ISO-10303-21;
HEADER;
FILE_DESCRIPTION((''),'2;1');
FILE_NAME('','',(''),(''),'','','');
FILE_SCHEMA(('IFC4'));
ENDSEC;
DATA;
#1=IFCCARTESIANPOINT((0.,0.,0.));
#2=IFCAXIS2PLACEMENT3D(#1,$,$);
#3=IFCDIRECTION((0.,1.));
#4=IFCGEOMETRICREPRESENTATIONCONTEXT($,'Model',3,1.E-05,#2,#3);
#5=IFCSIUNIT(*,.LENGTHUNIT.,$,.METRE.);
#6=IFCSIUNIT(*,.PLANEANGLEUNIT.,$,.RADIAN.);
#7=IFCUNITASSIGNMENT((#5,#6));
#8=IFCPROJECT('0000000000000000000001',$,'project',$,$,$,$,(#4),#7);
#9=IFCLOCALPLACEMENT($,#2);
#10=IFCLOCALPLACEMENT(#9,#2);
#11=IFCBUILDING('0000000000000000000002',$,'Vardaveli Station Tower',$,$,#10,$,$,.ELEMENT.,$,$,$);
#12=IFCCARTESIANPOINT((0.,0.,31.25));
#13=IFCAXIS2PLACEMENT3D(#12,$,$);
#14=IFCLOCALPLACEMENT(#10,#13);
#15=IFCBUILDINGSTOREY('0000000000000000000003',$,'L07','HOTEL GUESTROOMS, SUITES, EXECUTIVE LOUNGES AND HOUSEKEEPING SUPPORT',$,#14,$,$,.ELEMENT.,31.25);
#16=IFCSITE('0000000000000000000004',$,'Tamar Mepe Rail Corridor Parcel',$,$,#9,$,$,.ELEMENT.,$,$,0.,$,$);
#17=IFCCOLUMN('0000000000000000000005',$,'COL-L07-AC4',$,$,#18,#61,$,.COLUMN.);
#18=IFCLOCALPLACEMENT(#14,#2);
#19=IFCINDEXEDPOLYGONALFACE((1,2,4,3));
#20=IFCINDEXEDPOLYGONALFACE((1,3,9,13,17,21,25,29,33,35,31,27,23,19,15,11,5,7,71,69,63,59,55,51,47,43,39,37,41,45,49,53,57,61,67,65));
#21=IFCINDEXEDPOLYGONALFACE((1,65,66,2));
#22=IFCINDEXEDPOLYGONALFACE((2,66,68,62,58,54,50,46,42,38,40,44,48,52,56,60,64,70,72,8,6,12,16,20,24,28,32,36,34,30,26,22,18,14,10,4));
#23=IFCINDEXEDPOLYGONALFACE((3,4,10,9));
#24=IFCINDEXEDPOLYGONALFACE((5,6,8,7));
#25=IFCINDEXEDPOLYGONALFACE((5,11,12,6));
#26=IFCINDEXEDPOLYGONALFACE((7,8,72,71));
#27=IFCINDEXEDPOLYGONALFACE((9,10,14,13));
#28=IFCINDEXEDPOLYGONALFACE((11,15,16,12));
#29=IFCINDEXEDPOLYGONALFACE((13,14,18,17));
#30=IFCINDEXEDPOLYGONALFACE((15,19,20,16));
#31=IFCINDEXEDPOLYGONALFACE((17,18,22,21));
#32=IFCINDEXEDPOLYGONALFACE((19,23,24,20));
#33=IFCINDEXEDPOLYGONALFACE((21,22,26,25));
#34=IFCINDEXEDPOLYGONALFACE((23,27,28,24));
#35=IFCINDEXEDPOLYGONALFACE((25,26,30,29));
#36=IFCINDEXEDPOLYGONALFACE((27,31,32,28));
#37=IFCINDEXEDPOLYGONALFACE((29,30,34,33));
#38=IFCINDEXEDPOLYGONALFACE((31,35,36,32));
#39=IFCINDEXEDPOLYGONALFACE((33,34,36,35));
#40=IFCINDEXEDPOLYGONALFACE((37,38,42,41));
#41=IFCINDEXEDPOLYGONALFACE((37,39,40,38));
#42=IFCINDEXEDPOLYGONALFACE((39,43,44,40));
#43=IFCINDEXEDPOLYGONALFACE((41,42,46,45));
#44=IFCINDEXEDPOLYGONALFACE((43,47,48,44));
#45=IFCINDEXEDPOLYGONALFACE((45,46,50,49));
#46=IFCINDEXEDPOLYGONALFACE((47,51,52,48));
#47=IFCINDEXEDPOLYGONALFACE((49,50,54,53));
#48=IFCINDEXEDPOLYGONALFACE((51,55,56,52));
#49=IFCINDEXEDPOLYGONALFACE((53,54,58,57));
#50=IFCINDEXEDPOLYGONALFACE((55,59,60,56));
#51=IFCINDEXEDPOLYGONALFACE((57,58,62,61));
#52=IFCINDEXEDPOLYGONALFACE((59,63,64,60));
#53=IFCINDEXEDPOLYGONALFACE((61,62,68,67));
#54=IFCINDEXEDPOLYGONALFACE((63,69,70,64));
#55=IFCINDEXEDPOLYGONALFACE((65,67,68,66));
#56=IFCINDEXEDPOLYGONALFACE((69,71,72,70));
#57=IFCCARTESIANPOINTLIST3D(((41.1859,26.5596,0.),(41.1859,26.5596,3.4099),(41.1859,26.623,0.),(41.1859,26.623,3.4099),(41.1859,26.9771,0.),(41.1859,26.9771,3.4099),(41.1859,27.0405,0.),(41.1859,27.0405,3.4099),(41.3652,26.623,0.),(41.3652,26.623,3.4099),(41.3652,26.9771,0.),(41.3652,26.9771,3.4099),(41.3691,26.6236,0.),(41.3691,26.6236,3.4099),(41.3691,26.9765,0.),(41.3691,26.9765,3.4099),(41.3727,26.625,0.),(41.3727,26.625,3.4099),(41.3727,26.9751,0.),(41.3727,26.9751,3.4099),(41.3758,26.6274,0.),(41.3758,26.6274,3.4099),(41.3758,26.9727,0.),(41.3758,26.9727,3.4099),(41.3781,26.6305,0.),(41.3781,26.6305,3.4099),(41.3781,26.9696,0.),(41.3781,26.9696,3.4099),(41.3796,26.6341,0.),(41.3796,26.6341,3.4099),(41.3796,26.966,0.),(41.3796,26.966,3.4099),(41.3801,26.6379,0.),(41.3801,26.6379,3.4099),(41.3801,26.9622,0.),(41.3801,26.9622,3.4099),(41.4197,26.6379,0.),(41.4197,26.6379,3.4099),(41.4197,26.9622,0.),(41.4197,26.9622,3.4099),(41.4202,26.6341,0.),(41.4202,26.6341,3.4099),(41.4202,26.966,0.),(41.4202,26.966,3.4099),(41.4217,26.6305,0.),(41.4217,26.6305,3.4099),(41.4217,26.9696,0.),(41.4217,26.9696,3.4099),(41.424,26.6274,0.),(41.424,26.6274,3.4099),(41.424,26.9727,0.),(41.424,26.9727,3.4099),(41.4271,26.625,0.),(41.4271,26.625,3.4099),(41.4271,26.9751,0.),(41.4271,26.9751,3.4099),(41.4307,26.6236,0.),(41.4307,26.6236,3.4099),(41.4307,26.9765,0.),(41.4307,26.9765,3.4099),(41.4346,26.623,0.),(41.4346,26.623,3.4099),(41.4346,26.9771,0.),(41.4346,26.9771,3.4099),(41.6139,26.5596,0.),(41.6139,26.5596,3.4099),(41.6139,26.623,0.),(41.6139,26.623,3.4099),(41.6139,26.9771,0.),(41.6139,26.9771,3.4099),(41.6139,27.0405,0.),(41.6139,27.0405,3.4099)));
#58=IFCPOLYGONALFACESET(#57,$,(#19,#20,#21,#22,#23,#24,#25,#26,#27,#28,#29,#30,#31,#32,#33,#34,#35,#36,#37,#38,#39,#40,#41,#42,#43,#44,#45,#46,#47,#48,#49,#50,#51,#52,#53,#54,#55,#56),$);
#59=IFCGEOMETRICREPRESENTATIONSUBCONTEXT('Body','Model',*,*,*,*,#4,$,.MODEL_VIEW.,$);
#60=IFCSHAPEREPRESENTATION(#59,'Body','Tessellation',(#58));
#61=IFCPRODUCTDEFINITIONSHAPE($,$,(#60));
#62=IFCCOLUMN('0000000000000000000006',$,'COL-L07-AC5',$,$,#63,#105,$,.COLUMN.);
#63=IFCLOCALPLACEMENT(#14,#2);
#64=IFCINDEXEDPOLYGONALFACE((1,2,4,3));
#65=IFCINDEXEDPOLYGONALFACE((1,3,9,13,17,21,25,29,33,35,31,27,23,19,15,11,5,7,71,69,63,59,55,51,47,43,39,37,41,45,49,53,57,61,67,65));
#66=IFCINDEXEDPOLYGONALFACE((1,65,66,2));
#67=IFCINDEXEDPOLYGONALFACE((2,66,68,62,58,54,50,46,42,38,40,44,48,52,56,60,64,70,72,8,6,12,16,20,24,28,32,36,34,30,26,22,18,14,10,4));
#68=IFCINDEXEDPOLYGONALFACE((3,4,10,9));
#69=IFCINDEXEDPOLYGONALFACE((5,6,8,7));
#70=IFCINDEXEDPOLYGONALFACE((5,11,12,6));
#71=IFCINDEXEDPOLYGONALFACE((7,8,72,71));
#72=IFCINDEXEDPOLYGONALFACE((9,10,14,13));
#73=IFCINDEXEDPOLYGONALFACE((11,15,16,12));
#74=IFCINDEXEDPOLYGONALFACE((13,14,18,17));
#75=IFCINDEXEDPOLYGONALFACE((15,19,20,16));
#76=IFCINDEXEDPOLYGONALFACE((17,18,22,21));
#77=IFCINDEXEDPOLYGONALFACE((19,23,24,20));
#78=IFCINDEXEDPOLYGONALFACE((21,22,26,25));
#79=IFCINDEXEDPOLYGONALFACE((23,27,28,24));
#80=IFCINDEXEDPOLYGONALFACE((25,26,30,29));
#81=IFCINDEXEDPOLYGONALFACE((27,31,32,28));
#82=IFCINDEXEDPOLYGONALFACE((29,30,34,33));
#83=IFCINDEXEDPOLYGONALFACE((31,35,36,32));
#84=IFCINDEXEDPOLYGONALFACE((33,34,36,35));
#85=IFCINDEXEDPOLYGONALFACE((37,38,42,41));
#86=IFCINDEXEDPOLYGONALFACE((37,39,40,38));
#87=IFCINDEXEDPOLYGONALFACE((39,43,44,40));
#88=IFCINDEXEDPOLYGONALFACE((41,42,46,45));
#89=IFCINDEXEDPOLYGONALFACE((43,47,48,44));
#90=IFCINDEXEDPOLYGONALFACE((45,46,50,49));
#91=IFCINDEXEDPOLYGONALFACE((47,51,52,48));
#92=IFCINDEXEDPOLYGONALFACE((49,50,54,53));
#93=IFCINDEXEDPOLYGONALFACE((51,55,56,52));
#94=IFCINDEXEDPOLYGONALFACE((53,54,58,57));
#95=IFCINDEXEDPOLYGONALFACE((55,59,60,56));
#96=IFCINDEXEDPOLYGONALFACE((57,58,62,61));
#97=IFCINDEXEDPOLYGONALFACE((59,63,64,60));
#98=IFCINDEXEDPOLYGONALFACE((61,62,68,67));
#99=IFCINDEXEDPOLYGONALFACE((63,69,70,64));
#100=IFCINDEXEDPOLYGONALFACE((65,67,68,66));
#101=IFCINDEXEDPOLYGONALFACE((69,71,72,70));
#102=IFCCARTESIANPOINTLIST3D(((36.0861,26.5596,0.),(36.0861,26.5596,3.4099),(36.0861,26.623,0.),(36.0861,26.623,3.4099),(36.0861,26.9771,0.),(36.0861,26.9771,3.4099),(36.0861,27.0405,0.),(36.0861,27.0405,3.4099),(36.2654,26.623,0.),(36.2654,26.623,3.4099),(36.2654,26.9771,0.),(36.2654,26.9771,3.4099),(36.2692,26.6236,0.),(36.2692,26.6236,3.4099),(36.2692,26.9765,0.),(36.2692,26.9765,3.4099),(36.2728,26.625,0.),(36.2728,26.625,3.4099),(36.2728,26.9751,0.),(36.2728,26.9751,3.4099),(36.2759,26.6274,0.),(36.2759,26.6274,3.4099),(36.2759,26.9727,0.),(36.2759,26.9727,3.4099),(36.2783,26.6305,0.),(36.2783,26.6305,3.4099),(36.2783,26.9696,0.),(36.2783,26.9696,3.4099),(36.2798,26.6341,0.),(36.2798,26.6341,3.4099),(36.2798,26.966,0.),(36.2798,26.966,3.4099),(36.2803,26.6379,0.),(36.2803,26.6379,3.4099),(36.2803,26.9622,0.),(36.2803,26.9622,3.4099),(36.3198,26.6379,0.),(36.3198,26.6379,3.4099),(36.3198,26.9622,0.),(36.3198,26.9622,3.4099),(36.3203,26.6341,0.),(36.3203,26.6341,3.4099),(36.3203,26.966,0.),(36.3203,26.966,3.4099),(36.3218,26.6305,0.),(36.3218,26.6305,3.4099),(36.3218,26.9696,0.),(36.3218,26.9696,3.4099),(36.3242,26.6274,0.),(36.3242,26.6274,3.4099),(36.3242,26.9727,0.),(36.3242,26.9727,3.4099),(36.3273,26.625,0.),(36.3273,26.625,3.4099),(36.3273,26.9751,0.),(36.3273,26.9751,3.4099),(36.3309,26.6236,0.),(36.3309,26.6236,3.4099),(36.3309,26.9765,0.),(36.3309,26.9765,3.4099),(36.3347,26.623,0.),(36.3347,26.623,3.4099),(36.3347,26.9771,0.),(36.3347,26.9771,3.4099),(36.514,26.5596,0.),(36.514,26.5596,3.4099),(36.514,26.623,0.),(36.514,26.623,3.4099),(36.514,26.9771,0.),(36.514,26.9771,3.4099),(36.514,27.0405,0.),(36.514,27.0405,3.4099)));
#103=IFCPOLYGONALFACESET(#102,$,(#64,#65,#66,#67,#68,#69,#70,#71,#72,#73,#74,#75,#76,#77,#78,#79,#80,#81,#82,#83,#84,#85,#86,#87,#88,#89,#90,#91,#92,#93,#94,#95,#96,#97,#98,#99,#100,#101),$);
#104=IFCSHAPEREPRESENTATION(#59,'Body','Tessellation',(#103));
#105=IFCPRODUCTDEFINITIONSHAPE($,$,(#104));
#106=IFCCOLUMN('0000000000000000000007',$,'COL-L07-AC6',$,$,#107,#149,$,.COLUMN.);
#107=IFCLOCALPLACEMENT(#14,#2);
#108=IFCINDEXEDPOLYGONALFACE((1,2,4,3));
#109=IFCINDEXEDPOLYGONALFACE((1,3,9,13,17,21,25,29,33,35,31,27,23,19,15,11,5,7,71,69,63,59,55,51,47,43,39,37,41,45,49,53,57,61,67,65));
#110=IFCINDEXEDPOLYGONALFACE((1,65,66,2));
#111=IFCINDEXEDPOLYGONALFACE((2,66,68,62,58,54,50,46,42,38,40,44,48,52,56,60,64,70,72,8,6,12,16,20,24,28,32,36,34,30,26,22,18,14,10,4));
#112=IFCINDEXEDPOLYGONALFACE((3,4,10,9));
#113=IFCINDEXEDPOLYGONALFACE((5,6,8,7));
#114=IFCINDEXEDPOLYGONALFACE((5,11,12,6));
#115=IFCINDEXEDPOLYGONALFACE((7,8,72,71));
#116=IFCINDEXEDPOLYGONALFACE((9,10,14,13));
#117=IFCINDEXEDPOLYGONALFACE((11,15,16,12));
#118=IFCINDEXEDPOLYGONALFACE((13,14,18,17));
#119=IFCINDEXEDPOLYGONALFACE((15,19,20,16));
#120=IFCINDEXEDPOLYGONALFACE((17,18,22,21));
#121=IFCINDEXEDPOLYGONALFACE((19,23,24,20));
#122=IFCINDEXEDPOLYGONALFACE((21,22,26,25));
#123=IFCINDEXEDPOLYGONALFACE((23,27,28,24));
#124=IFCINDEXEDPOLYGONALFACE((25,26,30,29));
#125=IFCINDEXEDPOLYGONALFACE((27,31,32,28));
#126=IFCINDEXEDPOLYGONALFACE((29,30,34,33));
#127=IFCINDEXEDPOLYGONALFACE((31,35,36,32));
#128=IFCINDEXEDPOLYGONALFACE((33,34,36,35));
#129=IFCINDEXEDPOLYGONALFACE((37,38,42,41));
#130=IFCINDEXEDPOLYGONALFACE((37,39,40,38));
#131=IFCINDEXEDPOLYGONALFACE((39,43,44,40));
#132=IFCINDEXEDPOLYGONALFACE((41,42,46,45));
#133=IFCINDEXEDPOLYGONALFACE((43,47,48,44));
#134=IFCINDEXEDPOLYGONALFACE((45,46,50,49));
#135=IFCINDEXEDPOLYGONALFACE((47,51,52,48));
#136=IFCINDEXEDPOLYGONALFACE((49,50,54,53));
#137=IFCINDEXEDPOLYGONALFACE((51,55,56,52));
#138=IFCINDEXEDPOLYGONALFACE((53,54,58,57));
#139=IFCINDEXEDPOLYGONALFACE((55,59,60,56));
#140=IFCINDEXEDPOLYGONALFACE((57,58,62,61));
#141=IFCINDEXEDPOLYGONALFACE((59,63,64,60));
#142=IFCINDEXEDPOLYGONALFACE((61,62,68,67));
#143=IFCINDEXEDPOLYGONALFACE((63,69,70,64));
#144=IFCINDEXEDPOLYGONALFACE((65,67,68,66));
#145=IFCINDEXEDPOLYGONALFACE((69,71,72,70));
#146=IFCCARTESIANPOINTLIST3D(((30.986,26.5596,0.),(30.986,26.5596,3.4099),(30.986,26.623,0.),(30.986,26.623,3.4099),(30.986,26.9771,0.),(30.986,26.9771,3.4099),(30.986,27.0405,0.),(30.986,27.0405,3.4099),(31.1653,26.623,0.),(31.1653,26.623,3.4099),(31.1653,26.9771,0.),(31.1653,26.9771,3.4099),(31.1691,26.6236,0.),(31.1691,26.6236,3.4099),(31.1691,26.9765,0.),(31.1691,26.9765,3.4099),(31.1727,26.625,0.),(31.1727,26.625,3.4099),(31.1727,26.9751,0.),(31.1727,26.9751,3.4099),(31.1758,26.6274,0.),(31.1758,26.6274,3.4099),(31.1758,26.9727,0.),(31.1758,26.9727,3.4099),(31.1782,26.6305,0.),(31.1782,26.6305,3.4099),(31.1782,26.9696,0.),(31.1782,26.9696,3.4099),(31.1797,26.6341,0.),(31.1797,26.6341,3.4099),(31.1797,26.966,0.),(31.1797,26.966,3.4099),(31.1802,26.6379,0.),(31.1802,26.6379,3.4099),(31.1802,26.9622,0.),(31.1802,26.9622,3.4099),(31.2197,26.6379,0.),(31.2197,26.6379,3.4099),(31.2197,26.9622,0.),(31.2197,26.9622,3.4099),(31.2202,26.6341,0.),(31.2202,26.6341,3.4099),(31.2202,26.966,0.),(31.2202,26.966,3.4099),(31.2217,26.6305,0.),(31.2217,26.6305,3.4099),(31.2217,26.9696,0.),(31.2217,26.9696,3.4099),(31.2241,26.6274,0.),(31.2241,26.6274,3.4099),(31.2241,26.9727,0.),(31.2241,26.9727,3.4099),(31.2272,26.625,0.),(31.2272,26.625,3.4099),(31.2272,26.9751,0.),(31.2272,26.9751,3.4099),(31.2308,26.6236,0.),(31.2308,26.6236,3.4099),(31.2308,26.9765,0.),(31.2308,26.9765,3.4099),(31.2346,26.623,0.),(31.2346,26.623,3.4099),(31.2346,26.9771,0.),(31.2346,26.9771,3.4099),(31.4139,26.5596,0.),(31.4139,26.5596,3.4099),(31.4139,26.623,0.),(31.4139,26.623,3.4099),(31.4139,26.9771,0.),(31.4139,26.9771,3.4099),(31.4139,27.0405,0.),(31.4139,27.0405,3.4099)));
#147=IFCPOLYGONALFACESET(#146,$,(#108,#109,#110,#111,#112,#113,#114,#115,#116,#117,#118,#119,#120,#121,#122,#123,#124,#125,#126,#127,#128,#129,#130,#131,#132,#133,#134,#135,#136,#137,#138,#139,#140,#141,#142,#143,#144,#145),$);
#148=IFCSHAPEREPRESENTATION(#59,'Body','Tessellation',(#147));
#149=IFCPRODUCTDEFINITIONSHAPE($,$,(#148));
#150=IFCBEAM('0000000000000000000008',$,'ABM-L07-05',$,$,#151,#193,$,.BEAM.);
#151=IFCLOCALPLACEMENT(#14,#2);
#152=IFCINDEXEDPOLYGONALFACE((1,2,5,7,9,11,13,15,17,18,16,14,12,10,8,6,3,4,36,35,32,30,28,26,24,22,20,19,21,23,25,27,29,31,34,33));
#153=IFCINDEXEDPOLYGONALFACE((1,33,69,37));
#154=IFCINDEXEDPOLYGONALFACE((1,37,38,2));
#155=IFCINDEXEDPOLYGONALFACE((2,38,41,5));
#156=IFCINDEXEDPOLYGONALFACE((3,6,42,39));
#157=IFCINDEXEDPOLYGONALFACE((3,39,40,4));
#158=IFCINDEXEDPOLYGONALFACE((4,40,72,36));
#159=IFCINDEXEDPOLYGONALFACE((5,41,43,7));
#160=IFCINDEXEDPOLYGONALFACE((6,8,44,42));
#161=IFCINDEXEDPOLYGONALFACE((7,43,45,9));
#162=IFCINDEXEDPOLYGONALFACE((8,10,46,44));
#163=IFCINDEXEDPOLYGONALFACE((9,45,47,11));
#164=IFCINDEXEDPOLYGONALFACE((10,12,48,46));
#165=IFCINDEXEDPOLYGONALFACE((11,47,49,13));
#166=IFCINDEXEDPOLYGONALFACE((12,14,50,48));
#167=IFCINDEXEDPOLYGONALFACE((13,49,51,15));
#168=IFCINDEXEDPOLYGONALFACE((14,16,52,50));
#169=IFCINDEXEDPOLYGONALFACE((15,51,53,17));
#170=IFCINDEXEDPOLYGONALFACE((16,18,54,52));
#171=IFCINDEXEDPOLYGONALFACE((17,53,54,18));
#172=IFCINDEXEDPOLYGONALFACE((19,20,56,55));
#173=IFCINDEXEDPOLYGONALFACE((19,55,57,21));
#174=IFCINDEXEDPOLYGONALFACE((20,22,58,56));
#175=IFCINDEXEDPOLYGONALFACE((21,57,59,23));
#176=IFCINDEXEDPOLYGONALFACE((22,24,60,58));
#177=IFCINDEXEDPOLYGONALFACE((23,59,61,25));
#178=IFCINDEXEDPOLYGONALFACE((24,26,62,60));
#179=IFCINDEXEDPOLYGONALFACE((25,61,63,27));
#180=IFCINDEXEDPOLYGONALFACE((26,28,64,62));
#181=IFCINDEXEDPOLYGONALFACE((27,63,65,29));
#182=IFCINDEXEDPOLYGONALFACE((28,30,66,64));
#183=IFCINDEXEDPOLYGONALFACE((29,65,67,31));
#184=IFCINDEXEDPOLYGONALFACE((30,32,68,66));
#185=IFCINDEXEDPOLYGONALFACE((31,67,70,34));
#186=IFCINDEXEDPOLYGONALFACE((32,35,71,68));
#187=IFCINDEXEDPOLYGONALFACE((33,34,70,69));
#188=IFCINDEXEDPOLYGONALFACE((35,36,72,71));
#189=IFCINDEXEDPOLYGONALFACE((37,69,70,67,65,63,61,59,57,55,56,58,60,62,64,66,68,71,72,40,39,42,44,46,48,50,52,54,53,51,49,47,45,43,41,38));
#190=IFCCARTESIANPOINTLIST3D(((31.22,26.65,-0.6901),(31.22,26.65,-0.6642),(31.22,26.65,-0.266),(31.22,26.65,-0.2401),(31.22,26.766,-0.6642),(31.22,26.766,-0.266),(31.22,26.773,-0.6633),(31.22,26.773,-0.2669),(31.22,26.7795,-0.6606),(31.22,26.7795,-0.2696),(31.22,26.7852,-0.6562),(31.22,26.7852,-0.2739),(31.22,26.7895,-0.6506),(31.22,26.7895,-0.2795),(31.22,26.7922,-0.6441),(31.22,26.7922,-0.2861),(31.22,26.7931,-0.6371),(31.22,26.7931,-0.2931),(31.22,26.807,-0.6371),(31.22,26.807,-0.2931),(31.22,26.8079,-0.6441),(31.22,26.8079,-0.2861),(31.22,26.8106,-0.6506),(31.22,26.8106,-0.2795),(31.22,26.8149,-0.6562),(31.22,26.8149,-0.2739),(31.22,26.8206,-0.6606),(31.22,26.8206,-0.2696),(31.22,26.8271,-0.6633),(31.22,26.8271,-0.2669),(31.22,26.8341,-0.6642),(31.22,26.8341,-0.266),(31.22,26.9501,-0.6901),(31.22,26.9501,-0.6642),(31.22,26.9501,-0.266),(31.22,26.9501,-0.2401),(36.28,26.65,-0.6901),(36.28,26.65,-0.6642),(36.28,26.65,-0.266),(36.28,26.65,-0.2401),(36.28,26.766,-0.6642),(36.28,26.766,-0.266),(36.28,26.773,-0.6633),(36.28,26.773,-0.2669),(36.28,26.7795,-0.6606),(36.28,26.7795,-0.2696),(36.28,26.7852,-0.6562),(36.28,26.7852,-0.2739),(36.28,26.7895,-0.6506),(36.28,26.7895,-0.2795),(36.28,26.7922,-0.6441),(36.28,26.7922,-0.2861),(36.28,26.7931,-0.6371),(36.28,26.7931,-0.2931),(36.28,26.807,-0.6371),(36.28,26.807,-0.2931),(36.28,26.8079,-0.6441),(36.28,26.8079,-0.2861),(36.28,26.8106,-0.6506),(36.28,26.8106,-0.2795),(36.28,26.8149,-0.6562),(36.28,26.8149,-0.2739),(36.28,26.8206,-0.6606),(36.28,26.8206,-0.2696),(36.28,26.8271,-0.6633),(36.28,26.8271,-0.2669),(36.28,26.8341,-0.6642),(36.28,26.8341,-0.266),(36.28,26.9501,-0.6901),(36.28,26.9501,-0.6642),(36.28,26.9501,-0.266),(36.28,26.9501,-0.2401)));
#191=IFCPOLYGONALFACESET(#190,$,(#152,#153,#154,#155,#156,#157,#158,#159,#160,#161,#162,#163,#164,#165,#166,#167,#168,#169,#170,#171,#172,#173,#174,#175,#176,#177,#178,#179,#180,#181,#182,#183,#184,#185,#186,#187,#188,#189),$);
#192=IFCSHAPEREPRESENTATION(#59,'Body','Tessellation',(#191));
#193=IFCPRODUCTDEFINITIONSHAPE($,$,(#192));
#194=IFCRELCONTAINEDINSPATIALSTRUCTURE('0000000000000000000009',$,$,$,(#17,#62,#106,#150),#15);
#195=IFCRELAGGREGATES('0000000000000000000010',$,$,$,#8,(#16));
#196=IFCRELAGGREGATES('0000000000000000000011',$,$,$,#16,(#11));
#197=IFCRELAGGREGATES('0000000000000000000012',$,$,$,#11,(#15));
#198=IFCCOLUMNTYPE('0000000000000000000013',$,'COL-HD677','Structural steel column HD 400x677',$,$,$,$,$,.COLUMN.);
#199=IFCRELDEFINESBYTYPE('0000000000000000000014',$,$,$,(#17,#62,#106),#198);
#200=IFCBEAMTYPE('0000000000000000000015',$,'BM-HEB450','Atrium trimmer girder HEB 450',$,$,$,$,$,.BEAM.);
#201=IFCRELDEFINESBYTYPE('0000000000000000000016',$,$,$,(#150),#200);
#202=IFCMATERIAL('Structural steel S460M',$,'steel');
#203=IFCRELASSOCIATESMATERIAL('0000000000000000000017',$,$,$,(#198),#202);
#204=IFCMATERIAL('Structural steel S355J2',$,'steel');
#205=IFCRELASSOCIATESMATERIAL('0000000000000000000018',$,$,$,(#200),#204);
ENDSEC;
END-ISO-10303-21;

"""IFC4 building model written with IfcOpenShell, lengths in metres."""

from ifc_helpers import new_model, si_unit, direction, frame, origin, origin_2d, place, context, subcontext, project, spatial, i_section, extrude, source, transform, mapped, material, material_profile, profile_set, type_object, element, save


model = new_model("IFC4")

# Units and contexts
model_context = context("Model", 3, precision=1e-05, world=origin(), true_north=direction((0.0, 1.0)))
body_context = subcontext(model_context, "Body", "Model", "MODEL_VIEW")
ifc_project = project(units=[si_unit("LENGTHUNIT", "METRE"), si_unit("PLANEANGLEUNIT", "RADIAN")], contexts=[model_context])

# Site, building, storey
site_placement = place(None, origin())
site = spatial("IfcSite", under=ifc_project, at=site_placement, Name="Tamar Mepe Rail Corridor Parcel", CompositionType="ELEMENT", RefElevation=0.0)
building_placement = place(site_placement, origin())
building = spatial("IfcBuilding", under=site, at=building_placement, Name="Vardaveli Station Tower", CompositionType="ELEMENT")
storey_placement = place(building_placement, frame((0.0, 0.0, 31.25)))
storey = spatial("IfcBuildingStorey", under=building, at=storey_placement, Name="L07", Description="HOTEL GUESTROOMS, SUITES, EXECUTIVE LOUNGES AND HOUSEKEEPING SUPPORT", CompositionType="ELEMENT", Elevation=31.25)

# Columns
ifc_material_1 = material(Name="Structural steel S460M", Category="steel")
ifc_material_profile_1 = material_profile(ifc_material_1, i_section(OverallWidth=0.428, OverallDepth=0.481, WebThickness=0.0396, FlangeThickness=0.0635, FilletRadius=0.0149, at=origin_2d()), Name="HD 400x677")
ifc_profile_set_1 = profile_set([ifc_material_profile_1], Name="Structural steel S460M")
column_type = type_object("IfcColumnType", Name="COL-HD677", Description="Structural steel column HD 400x677", PredefinedType="COLUMN", material=ifc_profile_set_1)
shared_shape_1 = source(origin(), body_context, "Body", "SweptSolid", [
    extrude(i_section(OverallWidth=0.428, OverallDepth=0.481, WebThickness=0.0396, FlangeThickness=0.0635, FilletRadius=0.0149, at=origin_2d()), origin(), (0.0, 0.0, 1.0), 3.4099),
])
for number, where, z_axis, x_axis, name in (
    (1, (41.3999, 26.8, 0.0), (0.0, 0.0, 1.0), (1.0, 0.0, 0.0), "COL-L07-AC4"),
    (2, (36.3, 26.8, 0.0), (0.0, 0.0, 1.0), (1.0, 0.0, 0.0), "COL-L07-AC5"),
    (3, (31.2, 26.8, 0.0), (0.0, 0.0, 1.0), (1.0, 0.0, 0.0), "COL-L07-AC6"),
):
    element("IfcColumn", number, at=place(storey_placement, frame(where, z_axis=z_axis, x_axis=x_axis)), inside=storey, type_object=column_type, Name=name, PredefinedType="COLUMN", context=body_context, shape_type="MappedRepresentation", body=[
        mapped(shared_shape_1, transform((0.0, 0.0, 0.0), scale=1.0)),
    ])

# Beam
ifc_material_2 = material(Name="Structural steel S355J2", Category="steel")
ifc_material_profile_2 = material_profile(ifc_material_2, i_section(OverallWidth=0.3, OverallDepth=0.45, WebThickness=0.0139, FlangeThickness=0.0259, FilletRadius=0.0271, at=origin_2d()), Name="HEB 450")
ifc_profile_set_2 = profile_set([ifc_material_profile_2], Name="Structural steel S355J2")
beam_type_1 = type_object("IfcBeamType", Name="BM-HEB450", Description="Atrium trimmer girder HEB 450", PredefinedType="BEAM", material=ifc_profile_set_2)
shared_shape_2 = source(origin(), body_context, "Body", "SweptSolid", [
    extrude(i_section(OverallWidth=0.3, OverallDepth=0.45, WebThickness=0.0139, FlangeThickness=0.0259, FilletRadius=0.0271, at=origin_2d()), origin(), (0.0, 0.0, 1.0), 5.0601),
])
beam_1_placement = place(storey_placement, frame((36.28, 26.8, -0.4651), z_axis=(-1.0, 0.0, 0.0), x_axis=(0.0, -1.0, 0.0)))
element("IfcBeam", 4, at=beam_1_placement, inside=storey, type_object=beam_type_1, Name="ABM-L07-05", PredefinedType="BEAM", context=body_context, shape_type="MappedRepresentation", body=[
    mapped(shared_shape_2, transform((0.0, 0.0, 0.0), scale=1.0)),
])

save(model, "model.ifc")
